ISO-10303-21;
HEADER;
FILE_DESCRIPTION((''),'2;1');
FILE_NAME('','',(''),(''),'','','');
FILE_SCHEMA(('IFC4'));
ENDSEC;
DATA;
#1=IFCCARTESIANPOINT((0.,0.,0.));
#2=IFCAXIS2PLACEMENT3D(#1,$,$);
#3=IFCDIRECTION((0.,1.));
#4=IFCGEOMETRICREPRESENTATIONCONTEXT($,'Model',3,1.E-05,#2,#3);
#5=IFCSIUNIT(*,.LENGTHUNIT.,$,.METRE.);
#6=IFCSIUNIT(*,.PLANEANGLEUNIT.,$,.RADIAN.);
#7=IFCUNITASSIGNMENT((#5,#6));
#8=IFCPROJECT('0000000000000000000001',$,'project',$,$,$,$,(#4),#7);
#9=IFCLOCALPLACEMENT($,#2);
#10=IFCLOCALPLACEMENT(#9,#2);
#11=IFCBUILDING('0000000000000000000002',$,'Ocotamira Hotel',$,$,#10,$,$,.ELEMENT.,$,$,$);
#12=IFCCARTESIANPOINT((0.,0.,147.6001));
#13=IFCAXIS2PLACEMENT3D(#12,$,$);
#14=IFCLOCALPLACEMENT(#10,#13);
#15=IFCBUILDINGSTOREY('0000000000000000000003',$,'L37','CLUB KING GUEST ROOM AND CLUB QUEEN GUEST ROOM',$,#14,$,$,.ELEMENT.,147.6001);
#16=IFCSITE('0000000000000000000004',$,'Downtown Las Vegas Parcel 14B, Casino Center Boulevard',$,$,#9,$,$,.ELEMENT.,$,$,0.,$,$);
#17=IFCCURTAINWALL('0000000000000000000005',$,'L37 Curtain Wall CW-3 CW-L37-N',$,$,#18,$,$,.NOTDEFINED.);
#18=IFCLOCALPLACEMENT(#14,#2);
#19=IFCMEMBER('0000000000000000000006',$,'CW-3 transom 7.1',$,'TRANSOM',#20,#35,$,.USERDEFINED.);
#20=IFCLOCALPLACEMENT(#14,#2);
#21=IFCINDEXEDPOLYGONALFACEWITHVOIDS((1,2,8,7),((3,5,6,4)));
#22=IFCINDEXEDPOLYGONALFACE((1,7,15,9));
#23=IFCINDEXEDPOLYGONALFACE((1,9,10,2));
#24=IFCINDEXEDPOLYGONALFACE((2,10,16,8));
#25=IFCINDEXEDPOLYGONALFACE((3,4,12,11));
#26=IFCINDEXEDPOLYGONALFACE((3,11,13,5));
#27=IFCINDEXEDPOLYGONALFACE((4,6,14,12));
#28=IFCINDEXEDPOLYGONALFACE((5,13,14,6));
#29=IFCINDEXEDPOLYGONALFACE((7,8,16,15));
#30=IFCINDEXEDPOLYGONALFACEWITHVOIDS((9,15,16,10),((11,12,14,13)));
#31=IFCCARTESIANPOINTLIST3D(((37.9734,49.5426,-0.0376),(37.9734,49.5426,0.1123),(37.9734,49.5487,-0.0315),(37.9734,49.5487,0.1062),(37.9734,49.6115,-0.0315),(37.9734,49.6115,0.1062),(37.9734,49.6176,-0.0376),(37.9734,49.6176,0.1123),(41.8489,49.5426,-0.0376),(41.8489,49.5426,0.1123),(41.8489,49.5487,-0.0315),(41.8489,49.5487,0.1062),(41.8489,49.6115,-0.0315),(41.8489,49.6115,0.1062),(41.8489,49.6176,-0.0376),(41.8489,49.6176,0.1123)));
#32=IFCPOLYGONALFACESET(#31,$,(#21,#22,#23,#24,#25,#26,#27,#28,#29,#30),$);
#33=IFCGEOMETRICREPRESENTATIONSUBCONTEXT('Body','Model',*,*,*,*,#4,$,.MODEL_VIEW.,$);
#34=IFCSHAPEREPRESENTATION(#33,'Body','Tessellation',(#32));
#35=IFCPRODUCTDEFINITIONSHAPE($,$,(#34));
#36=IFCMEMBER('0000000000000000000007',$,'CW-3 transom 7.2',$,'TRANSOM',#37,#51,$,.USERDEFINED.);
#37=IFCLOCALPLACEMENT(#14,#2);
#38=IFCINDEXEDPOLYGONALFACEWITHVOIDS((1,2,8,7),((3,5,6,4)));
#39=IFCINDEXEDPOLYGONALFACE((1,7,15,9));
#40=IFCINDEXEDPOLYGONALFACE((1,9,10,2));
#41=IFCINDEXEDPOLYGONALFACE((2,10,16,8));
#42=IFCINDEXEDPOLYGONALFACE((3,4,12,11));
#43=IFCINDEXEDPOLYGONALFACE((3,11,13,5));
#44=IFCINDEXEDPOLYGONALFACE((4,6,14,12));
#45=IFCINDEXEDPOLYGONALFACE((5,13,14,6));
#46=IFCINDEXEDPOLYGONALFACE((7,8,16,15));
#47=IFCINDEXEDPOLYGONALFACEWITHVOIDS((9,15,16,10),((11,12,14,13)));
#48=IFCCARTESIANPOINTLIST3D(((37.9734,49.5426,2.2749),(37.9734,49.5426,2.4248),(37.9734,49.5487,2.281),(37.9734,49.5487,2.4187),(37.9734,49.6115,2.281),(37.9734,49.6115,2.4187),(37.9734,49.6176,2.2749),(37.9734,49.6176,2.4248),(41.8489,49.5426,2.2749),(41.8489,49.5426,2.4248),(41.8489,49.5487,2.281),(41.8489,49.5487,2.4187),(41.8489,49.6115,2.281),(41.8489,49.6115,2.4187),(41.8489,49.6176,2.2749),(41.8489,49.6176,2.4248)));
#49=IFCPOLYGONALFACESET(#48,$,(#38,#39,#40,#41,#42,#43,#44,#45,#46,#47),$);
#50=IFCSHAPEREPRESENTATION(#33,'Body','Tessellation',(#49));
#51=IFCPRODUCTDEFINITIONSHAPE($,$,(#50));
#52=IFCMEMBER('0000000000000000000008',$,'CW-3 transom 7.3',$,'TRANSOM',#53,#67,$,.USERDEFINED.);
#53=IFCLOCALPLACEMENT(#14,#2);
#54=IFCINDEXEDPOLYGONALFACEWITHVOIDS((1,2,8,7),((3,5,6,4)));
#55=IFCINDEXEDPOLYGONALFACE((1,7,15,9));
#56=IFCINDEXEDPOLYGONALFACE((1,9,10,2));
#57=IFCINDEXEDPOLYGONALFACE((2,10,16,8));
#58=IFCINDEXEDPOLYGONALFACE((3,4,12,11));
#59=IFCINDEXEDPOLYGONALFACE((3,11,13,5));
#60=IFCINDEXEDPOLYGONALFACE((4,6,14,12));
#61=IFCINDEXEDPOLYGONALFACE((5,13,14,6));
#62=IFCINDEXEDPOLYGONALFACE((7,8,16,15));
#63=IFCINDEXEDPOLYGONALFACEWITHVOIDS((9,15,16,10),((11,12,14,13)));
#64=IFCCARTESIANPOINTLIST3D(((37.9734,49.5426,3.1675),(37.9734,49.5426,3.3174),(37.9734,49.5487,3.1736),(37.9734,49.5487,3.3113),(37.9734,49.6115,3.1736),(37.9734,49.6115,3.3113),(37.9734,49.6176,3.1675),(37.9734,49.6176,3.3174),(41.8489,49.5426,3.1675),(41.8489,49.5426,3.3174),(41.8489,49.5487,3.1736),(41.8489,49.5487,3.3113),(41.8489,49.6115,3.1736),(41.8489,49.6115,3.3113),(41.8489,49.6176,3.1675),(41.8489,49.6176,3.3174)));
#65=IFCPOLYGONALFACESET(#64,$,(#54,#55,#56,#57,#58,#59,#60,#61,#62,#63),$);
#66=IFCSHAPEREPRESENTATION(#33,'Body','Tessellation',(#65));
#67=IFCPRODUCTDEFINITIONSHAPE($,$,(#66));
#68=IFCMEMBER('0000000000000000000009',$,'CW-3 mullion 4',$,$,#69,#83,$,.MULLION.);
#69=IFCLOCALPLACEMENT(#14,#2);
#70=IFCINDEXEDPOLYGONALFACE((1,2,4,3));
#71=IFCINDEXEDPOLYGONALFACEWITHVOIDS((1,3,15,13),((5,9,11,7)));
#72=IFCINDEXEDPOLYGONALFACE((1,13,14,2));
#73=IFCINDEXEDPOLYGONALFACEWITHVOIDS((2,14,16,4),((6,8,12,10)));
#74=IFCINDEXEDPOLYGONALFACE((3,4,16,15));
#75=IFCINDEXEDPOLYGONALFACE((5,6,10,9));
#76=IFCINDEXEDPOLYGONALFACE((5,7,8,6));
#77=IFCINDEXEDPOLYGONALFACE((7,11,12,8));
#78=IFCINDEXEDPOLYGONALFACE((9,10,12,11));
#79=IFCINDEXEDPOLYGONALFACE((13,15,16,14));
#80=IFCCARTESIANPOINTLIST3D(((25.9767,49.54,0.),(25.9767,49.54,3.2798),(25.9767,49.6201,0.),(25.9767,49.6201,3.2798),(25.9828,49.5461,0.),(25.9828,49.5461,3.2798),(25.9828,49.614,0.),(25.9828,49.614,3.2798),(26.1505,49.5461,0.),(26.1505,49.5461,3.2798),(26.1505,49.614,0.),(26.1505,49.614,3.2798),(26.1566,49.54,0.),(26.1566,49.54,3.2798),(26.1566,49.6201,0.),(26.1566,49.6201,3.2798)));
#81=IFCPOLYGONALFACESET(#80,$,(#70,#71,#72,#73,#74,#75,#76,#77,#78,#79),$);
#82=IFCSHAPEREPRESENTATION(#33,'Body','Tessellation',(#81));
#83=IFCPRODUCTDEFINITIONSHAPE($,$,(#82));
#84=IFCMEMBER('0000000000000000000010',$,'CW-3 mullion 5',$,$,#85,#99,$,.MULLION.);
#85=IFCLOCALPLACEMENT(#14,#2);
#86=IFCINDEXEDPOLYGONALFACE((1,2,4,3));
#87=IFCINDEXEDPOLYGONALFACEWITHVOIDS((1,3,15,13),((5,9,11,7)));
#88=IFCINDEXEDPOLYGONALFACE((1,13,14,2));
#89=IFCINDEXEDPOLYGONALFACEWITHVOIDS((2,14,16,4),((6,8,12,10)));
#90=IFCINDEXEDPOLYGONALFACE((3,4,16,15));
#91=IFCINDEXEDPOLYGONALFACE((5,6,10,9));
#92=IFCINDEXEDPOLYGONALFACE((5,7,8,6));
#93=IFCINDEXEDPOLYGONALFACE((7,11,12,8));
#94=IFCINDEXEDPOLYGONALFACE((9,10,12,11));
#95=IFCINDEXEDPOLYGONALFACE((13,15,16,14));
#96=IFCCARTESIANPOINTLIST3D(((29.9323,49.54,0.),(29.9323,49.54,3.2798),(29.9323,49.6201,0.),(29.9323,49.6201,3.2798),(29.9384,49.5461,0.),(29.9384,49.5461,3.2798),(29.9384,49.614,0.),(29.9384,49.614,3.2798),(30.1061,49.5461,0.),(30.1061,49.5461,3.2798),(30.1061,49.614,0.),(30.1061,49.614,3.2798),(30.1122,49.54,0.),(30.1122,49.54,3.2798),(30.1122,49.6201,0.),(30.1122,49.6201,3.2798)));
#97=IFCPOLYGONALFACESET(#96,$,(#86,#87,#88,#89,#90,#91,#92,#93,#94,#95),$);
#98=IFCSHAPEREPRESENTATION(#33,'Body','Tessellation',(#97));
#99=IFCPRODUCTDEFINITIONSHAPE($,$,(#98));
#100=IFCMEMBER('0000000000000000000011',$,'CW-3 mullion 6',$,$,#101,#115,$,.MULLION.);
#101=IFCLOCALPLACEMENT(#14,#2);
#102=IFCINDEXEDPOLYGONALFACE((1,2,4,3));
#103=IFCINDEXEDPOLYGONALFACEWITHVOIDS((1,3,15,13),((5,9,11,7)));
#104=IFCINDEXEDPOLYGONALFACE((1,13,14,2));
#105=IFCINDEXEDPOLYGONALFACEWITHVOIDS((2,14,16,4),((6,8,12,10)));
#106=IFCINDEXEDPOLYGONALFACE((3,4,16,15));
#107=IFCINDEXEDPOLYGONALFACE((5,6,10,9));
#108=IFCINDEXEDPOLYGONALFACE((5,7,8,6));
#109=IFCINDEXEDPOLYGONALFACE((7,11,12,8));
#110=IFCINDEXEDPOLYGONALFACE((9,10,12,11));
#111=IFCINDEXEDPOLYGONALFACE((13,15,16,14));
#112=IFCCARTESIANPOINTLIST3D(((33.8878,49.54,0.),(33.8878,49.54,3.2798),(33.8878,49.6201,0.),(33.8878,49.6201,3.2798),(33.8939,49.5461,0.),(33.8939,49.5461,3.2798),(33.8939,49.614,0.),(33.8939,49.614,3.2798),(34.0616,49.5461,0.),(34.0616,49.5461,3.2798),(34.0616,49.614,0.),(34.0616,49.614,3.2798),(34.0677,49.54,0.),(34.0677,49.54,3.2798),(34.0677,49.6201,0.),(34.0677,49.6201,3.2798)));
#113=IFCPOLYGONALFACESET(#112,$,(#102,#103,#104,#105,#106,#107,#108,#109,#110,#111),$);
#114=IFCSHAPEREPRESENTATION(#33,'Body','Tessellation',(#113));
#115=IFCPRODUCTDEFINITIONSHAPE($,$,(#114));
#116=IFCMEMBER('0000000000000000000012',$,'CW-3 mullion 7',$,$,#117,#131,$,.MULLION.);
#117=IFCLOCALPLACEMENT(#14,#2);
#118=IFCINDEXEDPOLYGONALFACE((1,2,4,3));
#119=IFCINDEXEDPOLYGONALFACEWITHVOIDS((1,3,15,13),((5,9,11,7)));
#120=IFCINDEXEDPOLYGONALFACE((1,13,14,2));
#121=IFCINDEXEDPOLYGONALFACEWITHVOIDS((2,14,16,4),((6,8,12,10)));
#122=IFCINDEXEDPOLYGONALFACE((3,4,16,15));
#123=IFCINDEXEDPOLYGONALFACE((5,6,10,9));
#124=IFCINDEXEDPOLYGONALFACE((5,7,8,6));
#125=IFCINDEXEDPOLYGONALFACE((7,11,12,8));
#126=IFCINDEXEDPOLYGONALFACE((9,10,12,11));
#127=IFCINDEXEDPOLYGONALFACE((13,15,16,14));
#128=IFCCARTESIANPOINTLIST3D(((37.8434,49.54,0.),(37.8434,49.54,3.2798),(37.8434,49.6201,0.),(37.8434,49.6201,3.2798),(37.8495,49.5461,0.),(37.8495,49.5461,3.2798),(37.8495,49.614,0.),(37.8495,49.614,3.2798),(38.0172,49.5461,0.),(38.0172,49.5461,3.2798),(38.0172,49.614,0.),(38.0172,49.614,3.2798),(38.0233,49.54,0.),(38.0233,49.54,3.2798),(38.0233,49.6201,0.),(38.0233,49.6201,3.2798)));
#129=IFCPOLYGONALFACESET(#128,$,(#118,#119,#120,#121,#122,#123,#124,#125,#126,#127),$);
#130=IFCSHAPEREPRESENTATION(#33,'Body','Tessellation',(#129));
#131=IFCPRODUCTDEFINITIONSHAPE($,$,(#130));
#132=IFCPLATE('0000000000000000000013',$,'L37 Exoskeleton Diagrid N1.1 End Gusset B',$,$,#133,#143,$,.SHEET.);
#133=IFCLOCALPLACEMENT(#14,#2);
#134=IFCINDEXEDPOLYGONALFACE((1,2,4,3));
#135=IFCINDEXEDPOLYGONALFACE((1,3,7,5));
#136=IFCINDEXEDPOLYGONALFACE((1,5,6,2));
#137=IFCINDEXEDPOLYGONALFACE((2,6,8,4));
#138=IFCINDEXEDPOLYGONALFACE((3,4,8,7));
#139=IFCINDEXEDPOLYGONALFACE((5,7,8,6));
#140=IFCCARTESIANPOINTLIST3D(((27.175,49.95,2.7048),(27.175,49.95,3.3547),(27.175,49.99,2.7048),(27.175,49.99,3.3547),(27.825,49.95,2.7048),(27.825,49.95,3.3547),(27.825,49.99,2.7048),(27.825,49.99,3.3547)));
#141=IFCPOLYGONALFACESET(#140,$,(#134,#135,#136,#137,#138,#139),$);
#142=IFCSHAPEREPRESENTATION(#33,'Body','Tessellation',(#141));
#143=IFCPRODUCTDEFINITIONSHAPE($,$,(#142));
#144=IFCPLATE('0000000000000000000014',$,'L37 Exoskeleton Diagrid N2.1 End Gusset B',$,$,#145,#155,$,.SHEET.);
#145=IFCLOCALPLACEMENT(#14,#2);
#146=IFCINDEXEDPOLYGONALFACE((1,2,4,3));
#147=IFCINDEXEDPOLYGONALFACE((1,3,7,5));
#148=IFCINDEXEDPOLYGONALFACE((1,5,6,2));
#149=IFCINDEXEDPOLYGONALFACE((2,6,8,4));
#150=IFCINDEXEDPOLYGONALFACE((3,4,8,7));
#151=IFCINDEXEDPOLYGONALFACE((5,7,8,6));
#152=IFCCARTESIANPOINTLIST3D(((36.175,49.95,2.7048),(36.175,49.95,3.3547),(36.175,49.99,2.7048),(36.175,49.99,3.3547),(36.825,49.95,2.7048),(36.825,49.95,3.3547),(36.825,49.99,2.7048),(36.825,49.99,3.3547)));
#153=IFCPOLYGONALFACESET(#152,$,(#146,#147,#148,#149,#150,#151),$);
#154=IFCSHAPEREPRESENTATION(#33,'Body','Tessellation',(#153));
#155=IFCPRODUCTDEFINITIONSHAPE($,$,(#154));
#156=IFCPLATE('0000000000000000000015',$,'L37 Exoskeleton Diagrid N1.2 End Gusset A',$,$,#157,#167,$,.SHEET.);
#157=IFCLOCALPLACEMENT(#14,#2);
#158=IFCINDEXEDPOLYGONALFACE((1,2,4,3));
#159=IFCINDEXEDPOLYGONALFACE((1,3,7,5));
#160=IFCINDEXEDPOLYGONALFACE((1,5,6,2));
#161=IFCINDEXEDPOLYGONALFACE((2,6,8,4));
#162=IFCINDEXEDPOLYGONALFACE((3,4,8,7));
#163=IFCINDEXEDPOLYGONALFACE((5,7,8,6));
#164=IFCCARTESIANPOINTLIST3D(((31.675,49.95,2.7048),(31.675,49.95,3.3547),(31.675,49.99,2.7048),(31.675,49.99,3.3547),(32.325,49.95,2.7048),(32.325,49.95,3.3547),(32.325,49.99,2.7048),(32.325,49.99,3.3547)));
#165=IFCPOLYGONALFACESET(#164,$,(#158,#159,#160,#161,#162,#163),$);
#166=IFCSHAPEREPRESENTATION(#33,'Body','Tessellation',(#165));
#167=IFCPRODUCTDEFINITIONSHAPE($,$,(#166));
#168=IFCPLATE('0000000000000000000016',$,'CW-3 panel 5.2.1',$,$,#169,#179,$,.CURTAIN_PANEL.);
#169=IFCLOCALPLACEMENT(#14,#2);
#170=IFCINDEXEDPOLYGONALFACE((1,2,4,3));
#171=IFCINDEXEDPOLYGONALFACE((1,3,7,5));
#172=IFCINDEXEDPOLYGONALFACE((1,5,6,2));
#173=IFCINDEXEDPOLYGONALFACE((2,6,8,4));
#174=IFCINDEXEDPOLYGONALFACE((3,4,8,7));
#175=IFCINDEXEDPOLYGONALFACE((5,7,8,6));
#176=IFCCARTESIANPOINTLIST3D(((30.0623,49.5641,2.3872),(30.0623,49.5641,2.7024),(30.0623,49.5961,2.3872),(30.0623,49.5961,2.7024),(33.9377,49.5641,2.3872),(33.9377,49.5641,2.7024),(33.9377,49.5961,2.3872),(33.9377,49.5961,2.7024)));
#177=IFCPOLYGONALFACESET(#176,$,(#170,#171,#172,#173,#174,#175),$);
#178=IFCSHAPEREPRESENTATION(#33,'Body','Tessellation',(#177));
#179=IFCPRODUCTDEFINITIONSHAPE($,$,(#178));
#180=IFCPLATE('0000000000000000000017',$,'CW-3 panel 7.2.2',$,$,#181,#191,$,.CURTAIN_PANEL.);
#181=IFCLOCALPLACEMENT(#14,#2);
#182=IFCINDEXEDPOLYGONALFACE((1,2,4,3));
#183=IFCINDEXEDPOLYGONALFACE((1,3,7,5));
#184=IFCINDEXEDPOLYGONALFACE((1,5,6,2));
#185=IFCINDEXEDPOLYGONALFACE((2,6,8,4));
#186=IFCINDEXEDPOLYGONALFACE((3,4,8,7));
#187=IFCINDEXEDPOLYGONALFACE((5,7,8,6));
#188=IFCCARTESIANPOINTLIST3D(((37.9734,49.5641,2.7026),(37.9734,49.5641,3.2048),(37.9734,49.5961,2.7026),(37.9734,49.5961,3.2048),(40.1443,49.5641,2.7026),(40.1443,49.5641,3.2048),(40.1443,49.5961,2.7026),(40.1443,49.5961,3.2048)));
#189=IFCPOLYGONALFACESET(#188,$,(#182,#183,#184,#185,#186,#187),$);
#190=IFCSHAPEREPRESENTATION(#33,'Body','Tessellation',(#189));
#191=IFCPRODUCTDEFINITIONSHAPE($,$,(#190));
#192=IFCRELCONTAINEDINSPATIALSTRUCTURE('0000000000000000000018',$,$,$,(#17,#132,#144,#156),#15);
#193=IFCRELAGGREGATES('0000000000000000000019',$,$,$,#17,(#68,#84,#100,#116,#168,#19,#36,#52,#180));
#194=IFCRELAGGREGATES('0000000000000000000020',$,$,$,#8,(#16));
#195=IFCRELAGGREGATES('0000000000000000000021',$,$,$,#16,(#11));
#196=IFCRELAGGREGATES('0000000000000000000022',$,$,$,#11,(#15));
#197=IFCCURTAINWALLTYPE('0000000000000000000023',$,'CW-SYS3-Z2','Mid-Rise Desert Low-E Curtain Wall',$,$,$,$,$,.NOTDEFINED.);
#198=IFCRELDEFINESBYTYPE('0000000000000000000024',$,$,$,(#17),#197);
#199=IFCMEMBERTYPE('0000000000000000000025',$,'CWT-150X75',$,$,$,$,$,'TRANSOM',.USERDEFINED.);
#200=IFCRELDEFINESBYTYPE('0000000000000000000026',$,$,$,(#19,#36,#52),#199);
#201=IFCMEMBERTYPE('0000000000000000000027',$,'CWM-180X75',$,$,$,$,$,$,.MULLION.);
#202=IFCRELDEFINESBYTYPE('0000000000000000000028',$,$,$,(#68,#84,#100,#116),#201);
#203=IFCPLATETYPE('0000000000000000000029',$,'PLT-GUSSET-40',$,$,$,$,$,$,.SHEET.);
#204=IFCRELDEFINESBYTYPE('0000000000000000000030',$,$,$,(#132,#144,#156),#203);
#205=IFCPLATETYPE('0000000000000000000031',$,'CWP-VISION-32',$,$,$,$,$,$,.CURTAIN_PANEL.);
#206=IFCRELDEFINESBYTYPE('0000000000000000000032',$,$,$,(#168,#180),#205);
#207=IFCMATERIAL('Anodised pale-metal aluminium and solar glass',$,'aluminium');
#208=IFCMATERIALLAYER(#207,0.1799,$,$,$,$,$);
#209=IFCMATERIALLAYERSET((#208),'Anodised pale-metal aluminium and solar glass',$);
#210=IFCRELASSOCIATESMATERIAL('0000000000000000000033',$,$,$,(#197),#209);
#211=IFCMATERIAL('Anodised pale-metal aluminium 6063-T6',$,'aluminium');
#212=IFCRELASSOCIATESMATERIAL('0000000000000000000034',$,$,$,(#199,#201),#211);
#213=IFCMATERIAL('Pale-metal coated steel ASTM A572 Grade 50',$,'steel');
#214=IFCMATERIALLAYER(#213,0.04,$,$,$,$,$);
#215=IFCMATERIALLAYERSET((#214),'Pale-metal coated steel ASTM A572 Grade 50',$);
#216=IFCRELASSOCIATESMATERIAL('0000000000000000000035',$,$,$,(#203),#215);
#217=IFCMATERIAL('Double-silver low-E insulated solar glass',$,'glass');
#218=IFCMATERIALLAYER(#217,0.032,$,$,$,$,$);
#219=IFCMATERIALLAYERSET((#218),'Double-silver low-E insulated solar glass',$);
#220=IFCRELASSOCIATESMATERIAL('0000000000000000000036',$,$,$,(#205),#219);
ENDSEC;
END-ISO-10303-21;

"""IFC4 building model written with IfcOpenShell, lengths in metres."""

from ifc_helpers import new_model, si_unit, direction, frame, origin, origin_2d, place, context, subcontext, project, spatial, rectangle, hollow_rectangle, extrude, source, transform, mapped, material, layer, layer_set, material_profile, profile_set, type_object, element, aggregate, save


model = new_model("IFC4")

# Units and contexts
model_context = context("Model", 3, precision=1e-05, world=origin(), true_north=direction((0.0, 1.0)))
body_context = subcontext(model_context, "Body", "Model", "MODEL_VIEW")
ifc_project = project(units=[si_unit("LENGTHUNIT", "METRE"), si_unit("PLANEANGLEUNIT", "RADIAN")], contexts=[model_context])

# Site, building, storey
site_placement = place(None, origin())
site = spatial("IfcSite", under=ifc_project, at=site_placement, Name="Downtown Las Vegas Parcel 14B, Casino Center Boulevard", CompositionType="ELEMENT", RefElevation=0.0)
building_placement = place(site_placement, origin())
building = spatial("IfcBuilding", under=site, at=building_placement, Name="Ocotamira Hotel", CompositionType="ELEMENT")
storey_placement = place(building_placement, frame((0.0, 0.0, 147.6001)))
storey = spatial("IfcBuildingStorey", under=building, at=storey_placement, Name="L37", Description="CLUB KING GUEST ROOM AND CLUB QUEEN GUEST ROOM", CompositionType="ELEMENT", Elevation=147.6001)

# Curtain wall, members
ifc_material_1 = material(Name="Anodised pale-metal aluminium and solar glass", Category="aluminium")
ifc_layer_1 = layer(ifc_material_1, 0.1799)
ifc_layer_set_1 = layer_set([ifc_layer_1], Name="Anodised pale-metal aluminium and solar glass")
curtain_wall_type = type_object("IfcCurtainWallType", Name="CW-SYS3-Z2", Description="Mid-Rise Desert Low-E Curtain Wall", PredefinedType="NOTDEFINED", material=ifc_layer_set_1)
curtain_wall_placement = place(storey_placement, origin())
curtain_wall = element("IfcCurtainWall", 1, at=curtain_wall_placement, inside=storey, type_object=curtain_wall_type, Name="L37 Curtain Wall CW-3 CW-L37-N", PredefinedType="NOTDEFINED")
ifc_material_2 = material(Name="Anodised pale-metal aluminium 6063-T6", Category="aluminium")
ifc_material_profile_1 = material_profile(ifc_material_2, hollow_rectangle(XDim=0.075, YDim=0.1499, WallThickness=0.0061, at=origin_2d()), Name="HSS150X75X6")
ifc_profile_set_1 = profile_set([ifc_material_profile_1], Name="Anodised pale-metal aluminium 6063-T6")
member_type_1 = type_object("IfcMemberType", Name="CWT-150X75", ElementType="TRANSOM", PredefinedType="USERDEFINED", material=ifc_profile_set_1)
shared_shape_1 = source(origin(), body_context, "Body", "SweptSolid", [
    extrude(hollow_rectangle(XDim=0.075, YDim=0.1499, WallThickness=0.0061, at=origin_2d()), origin(), (0.0, 0.0, 1.0), 3.8755),
])
member_1_placement = place(storey_placement, frame((37.9734, 49.5801, 0.0374), z_axis=(1.0, 0.0, 0.0), x_axis=(0.0, 1.0, 0.0)))
member_1 = element("IfcMember", 2, at=member_1_placement, type_object=member_type_1, Name="CW-3 transom 7.1", ObjectType="TRANSOM", PredefinedType="USERDEFINED", context=body_context, shape_type="MappedRepresentation", body=[
    mapped(shared_shape_1, transform((0.0, 0.0, 0.0), scale=1.0)),
])
member_2_placement = place(storey_placement, frame((37.9734, 49.5801, 2.3499), z_axis=(1.0, 0.0, 0.0), x_axis=(0.0, 1.0, 0.0)))
member_2 = element("IfcMember", 3, at=member_2_placement, type_object=member_type_1, Name="CW-3 transom 7.2", ObjectType="TRANSOM", PredefinedType="USERDEFINED", context=body_context, shape_type="MappedRepresentation", body=[
    mapped(shared_shape_1, transform((0.0, 0.0, 0.0), scale=1.0)),
])
member_3_placement = place(storey_placement, frame((37.9734, 49.5801, 3.2424), z_axis=(1.0, 0.0, 0.0), x_axis=(0.0, 1.0, 0.0)))
member_3 = element("IfcMember", 4, at=member_3_placement, type_object=member_type_1, Name="CW-3 transom 7.3", ObjectType="TRANSOM", PredefinedType="USERDEFINED", context=body_context, shape_type="MappedRepresentation", body=[
    mapped(shared_shape_1, transform((0.0, 0.0, 0.0), scale=1.0)),
])
ifc_material_profile_2 = material_profile(ifc_material_2, hollow_rectangle(XDim=0.0801, YDim=0.1799, WallThickness=0.0061, at=origin_2d()), Name="HSS180X80X6")
ifc_profile_set_2 = profile_set([ifc_material_profile_2], Name="Anodised pale-metal aluminium 6063-T6")
member_type_2 = type_object("IfcMemberType", Name="CWM-180X75", PredefinedType="MULLION", material=ifc_profile_set_2)
shared_shape_2 = source(origin(), body_context, "Body", "SweptSolid", [
    extrude(hollow_rectangle(XDim=0.0801, YDim=0.1799, WallThickness=0.0061, at=origin_2d()), origin(), (0.0, 0.0, 1.0), 3.2798),
])
member_4_placement = place(storey_placement, frame((26.0667, 49.5801, 0.0), z_axis=(0.0, 0.0, 1.0), x_axis=(0.0, 1.0, 0.0)))
member_4 = element("IfcMember", 5, at=member_4_placement, type_object=member_type_2, Name="CW-3 mullion 4", PredefinedType="MULLION", context=body_context, shape_type="MappedRepresentation", body=[
    mapped(shared_shape_2, transform((0.0, 0.0, 0.0), scale=1.0)),
])
member_5_placement = place(storey_placement, frame((30.0222, 49.5801, 0.0), z_axis=(0.0, 0.0, 1.0), x_axis=(0.0, 1.0, 0.0)))
member_5 = element("IfcMember", 6, at=member_5_placement, type_object=member_type_2, Name="CW-3 mullion 5", PredefinedType="MULLION", context=body_context, shape_type="MappedRepresentation", body=[
    mapped(shared_shape_2, transform((0.0, 0.0, 0.0), scale=1.0)),
])
member_6_placement = place(storey_placement, frame((33.9778, 49.5801, 0.0), z_axis=(0.0, 0.0, 1.0), x_axis=(0.0, 1.0, 0.0)))
member_6 = element("IfcMember", 7, at=member_6_placement, type_object=member_type_2, Name="CW-3 mullion 6", PredefinedType="MULLION", context=body_context, shape_type="MappedRepresentation", body=[
    mapped(shared_shape_2, transform((0.0, 0.0, 0.0), scale=1.0)),
])
member_7_placement = place(storey_placement, frame((37.9333, 49.5801, 0.0), z_axis=(0.0, 0.0, 1.0), x_axis=(0.0, 1.0, 0.0)))
member_7 = element("IfcMember", 8, at=member_7_placement, type_object=member_type_2, Name="CW-3 mullion 7", PredefinedType="MULLION", context=body_context, shape_type="MappedRepresentation", body=[
    mapped(shared_shape_2, transform((0.0, 0.0, 0.0), scale=1.0)),
])

# Plates
ifc_material_3 = material(Name="Pale-metal coated steel ASTM A572 Grade 50", Category="steel")
ifc_layer_2 = layer(ifc_material_3, 0.04)
ifc_layer_set_2 = layer_set([ifc_layer_2], Name="Pale-metal coated steel ASTM A572 Grade 50")
plate_type_1 = type_object("IfcPlateType", Name="PLT-GUSSET-40", PredefinedType="SHEET", material=ifc_layer_set_2)
shared_shape_3 = source(origin(), body_context, "Body", "SweptSolid", [
    extrude(rectangle(XDim=0.6499, YDim=0.04, at=origin_2d()), origin(), (0.0, 0.0, 1.0), 0.6499),
])
for number, where, z_axis, x_axis, name in (
    (9, (27.5, 49.97, 2.7048), (0.0, 0.0, 1.0), (1.0, 0.0, 0.0), "L37 Exoskeleton Diagrid N1.1 End Gusset B"),
    (10, (36.5, 49.97, 2.7048), (0.0, 0.0, 1.0), (1.0, 0.0, 0.0), "L37 Exoskeleton Diagrid N2.1 End Gusset B"),
    (11, (32.0, 49.97, 2.7048), (0.0, 0.0, 1.0), (-1.0, 0.0, 0.0), "L37 Exoskeleton Diagrid N1.2 End Gusset A"),
):
    element("IfcPlate", number, at=place(storey_placement, frame(where, z_axis=z_axis, x_axis=x_axis)), inside=storey, type_object=plate_type_1, Name=name, PredefinedType="SHEET", context=body_context, shape_type="MappedRepresentation", body=[
        mapped(shared_shape_3, transform((0.0, 0.0, 0.0), scale=1.0)),
    ])

# Plates
ifc_material_4 = material(Name="Double-silver low-E insulated solar glass", Category="glass")
ifc_layer_3 = layer(ifc_material_4, 0.032)
ifc_layer_set_3 = layer_set([ifc_layer_3], Name="Double-silver low-E insulated solar glass")
plate_type_2 = type_object("IfcPlateType", Name="CWP-VISION-32", PredefinedType="CURTAIN_PANEL", material=ifc_layer_set_3)
shared_shape_4 = source(origin(), body_context, "Body", "SweptSolid", [
    extrude(rectangle(XDim=3.8755, YDim=0.032, at=origin_2d()), origin(), (0.0, 0.0, 1.0), 0.3152),
])
plate_1_placement = place(storey_placement, frame((32.0, 49.5801, 2.3872), z_axis=(0.0, 0.0, 1.0), x_axis=(1.0, 0.0, 0.0)))
plate_1 = element("IfcPlate", 12, at=plate_1_placement, type_object=plate_type_2, Name="CW-3 panel 5.2.1", PredefinedType="CURTAIN_PANEL", context=body_context, shape_type="MappedRepresentation", body=[
    mapped(shared_shape_4, transform((0.0, 0.0, 0.0), scale=1.0)),
])
shared_shape_5 = source(origin(), body_context, "Body", "SweptSolid", [
    extrude(rectangle(XDim=2.1709, YDim=0.032, at=origin_2d()), origin(), (0.0, 0.0, 1.0), 0.5022),
])
plate_2_placement = place(storey_placement, frame((39.0588, 49.5801, 2.7026), z_axis=(0.0, 0.0, 1.0), x_axis=(1.0, 0.0, 0.0)))
plate_2 = element("IfcPlate", 13, at=plate_2_placement, type_object=plate_type_2, Name="CW-3 panel 7.2.2", PredefinedType="CURTAIN_PANEL", context=body_context, shape_type="MappedRepresentation", body=[
    mapped(shared_shape_5, transform((0.0, 0.0, 0.0), scale=1.0)),
])
aggregate(curtain_wall, [member_4, member_5, member_6, member_7, plate_1, member_1, member_2, member_3, plate_2])

save(model, "model.ifc")
